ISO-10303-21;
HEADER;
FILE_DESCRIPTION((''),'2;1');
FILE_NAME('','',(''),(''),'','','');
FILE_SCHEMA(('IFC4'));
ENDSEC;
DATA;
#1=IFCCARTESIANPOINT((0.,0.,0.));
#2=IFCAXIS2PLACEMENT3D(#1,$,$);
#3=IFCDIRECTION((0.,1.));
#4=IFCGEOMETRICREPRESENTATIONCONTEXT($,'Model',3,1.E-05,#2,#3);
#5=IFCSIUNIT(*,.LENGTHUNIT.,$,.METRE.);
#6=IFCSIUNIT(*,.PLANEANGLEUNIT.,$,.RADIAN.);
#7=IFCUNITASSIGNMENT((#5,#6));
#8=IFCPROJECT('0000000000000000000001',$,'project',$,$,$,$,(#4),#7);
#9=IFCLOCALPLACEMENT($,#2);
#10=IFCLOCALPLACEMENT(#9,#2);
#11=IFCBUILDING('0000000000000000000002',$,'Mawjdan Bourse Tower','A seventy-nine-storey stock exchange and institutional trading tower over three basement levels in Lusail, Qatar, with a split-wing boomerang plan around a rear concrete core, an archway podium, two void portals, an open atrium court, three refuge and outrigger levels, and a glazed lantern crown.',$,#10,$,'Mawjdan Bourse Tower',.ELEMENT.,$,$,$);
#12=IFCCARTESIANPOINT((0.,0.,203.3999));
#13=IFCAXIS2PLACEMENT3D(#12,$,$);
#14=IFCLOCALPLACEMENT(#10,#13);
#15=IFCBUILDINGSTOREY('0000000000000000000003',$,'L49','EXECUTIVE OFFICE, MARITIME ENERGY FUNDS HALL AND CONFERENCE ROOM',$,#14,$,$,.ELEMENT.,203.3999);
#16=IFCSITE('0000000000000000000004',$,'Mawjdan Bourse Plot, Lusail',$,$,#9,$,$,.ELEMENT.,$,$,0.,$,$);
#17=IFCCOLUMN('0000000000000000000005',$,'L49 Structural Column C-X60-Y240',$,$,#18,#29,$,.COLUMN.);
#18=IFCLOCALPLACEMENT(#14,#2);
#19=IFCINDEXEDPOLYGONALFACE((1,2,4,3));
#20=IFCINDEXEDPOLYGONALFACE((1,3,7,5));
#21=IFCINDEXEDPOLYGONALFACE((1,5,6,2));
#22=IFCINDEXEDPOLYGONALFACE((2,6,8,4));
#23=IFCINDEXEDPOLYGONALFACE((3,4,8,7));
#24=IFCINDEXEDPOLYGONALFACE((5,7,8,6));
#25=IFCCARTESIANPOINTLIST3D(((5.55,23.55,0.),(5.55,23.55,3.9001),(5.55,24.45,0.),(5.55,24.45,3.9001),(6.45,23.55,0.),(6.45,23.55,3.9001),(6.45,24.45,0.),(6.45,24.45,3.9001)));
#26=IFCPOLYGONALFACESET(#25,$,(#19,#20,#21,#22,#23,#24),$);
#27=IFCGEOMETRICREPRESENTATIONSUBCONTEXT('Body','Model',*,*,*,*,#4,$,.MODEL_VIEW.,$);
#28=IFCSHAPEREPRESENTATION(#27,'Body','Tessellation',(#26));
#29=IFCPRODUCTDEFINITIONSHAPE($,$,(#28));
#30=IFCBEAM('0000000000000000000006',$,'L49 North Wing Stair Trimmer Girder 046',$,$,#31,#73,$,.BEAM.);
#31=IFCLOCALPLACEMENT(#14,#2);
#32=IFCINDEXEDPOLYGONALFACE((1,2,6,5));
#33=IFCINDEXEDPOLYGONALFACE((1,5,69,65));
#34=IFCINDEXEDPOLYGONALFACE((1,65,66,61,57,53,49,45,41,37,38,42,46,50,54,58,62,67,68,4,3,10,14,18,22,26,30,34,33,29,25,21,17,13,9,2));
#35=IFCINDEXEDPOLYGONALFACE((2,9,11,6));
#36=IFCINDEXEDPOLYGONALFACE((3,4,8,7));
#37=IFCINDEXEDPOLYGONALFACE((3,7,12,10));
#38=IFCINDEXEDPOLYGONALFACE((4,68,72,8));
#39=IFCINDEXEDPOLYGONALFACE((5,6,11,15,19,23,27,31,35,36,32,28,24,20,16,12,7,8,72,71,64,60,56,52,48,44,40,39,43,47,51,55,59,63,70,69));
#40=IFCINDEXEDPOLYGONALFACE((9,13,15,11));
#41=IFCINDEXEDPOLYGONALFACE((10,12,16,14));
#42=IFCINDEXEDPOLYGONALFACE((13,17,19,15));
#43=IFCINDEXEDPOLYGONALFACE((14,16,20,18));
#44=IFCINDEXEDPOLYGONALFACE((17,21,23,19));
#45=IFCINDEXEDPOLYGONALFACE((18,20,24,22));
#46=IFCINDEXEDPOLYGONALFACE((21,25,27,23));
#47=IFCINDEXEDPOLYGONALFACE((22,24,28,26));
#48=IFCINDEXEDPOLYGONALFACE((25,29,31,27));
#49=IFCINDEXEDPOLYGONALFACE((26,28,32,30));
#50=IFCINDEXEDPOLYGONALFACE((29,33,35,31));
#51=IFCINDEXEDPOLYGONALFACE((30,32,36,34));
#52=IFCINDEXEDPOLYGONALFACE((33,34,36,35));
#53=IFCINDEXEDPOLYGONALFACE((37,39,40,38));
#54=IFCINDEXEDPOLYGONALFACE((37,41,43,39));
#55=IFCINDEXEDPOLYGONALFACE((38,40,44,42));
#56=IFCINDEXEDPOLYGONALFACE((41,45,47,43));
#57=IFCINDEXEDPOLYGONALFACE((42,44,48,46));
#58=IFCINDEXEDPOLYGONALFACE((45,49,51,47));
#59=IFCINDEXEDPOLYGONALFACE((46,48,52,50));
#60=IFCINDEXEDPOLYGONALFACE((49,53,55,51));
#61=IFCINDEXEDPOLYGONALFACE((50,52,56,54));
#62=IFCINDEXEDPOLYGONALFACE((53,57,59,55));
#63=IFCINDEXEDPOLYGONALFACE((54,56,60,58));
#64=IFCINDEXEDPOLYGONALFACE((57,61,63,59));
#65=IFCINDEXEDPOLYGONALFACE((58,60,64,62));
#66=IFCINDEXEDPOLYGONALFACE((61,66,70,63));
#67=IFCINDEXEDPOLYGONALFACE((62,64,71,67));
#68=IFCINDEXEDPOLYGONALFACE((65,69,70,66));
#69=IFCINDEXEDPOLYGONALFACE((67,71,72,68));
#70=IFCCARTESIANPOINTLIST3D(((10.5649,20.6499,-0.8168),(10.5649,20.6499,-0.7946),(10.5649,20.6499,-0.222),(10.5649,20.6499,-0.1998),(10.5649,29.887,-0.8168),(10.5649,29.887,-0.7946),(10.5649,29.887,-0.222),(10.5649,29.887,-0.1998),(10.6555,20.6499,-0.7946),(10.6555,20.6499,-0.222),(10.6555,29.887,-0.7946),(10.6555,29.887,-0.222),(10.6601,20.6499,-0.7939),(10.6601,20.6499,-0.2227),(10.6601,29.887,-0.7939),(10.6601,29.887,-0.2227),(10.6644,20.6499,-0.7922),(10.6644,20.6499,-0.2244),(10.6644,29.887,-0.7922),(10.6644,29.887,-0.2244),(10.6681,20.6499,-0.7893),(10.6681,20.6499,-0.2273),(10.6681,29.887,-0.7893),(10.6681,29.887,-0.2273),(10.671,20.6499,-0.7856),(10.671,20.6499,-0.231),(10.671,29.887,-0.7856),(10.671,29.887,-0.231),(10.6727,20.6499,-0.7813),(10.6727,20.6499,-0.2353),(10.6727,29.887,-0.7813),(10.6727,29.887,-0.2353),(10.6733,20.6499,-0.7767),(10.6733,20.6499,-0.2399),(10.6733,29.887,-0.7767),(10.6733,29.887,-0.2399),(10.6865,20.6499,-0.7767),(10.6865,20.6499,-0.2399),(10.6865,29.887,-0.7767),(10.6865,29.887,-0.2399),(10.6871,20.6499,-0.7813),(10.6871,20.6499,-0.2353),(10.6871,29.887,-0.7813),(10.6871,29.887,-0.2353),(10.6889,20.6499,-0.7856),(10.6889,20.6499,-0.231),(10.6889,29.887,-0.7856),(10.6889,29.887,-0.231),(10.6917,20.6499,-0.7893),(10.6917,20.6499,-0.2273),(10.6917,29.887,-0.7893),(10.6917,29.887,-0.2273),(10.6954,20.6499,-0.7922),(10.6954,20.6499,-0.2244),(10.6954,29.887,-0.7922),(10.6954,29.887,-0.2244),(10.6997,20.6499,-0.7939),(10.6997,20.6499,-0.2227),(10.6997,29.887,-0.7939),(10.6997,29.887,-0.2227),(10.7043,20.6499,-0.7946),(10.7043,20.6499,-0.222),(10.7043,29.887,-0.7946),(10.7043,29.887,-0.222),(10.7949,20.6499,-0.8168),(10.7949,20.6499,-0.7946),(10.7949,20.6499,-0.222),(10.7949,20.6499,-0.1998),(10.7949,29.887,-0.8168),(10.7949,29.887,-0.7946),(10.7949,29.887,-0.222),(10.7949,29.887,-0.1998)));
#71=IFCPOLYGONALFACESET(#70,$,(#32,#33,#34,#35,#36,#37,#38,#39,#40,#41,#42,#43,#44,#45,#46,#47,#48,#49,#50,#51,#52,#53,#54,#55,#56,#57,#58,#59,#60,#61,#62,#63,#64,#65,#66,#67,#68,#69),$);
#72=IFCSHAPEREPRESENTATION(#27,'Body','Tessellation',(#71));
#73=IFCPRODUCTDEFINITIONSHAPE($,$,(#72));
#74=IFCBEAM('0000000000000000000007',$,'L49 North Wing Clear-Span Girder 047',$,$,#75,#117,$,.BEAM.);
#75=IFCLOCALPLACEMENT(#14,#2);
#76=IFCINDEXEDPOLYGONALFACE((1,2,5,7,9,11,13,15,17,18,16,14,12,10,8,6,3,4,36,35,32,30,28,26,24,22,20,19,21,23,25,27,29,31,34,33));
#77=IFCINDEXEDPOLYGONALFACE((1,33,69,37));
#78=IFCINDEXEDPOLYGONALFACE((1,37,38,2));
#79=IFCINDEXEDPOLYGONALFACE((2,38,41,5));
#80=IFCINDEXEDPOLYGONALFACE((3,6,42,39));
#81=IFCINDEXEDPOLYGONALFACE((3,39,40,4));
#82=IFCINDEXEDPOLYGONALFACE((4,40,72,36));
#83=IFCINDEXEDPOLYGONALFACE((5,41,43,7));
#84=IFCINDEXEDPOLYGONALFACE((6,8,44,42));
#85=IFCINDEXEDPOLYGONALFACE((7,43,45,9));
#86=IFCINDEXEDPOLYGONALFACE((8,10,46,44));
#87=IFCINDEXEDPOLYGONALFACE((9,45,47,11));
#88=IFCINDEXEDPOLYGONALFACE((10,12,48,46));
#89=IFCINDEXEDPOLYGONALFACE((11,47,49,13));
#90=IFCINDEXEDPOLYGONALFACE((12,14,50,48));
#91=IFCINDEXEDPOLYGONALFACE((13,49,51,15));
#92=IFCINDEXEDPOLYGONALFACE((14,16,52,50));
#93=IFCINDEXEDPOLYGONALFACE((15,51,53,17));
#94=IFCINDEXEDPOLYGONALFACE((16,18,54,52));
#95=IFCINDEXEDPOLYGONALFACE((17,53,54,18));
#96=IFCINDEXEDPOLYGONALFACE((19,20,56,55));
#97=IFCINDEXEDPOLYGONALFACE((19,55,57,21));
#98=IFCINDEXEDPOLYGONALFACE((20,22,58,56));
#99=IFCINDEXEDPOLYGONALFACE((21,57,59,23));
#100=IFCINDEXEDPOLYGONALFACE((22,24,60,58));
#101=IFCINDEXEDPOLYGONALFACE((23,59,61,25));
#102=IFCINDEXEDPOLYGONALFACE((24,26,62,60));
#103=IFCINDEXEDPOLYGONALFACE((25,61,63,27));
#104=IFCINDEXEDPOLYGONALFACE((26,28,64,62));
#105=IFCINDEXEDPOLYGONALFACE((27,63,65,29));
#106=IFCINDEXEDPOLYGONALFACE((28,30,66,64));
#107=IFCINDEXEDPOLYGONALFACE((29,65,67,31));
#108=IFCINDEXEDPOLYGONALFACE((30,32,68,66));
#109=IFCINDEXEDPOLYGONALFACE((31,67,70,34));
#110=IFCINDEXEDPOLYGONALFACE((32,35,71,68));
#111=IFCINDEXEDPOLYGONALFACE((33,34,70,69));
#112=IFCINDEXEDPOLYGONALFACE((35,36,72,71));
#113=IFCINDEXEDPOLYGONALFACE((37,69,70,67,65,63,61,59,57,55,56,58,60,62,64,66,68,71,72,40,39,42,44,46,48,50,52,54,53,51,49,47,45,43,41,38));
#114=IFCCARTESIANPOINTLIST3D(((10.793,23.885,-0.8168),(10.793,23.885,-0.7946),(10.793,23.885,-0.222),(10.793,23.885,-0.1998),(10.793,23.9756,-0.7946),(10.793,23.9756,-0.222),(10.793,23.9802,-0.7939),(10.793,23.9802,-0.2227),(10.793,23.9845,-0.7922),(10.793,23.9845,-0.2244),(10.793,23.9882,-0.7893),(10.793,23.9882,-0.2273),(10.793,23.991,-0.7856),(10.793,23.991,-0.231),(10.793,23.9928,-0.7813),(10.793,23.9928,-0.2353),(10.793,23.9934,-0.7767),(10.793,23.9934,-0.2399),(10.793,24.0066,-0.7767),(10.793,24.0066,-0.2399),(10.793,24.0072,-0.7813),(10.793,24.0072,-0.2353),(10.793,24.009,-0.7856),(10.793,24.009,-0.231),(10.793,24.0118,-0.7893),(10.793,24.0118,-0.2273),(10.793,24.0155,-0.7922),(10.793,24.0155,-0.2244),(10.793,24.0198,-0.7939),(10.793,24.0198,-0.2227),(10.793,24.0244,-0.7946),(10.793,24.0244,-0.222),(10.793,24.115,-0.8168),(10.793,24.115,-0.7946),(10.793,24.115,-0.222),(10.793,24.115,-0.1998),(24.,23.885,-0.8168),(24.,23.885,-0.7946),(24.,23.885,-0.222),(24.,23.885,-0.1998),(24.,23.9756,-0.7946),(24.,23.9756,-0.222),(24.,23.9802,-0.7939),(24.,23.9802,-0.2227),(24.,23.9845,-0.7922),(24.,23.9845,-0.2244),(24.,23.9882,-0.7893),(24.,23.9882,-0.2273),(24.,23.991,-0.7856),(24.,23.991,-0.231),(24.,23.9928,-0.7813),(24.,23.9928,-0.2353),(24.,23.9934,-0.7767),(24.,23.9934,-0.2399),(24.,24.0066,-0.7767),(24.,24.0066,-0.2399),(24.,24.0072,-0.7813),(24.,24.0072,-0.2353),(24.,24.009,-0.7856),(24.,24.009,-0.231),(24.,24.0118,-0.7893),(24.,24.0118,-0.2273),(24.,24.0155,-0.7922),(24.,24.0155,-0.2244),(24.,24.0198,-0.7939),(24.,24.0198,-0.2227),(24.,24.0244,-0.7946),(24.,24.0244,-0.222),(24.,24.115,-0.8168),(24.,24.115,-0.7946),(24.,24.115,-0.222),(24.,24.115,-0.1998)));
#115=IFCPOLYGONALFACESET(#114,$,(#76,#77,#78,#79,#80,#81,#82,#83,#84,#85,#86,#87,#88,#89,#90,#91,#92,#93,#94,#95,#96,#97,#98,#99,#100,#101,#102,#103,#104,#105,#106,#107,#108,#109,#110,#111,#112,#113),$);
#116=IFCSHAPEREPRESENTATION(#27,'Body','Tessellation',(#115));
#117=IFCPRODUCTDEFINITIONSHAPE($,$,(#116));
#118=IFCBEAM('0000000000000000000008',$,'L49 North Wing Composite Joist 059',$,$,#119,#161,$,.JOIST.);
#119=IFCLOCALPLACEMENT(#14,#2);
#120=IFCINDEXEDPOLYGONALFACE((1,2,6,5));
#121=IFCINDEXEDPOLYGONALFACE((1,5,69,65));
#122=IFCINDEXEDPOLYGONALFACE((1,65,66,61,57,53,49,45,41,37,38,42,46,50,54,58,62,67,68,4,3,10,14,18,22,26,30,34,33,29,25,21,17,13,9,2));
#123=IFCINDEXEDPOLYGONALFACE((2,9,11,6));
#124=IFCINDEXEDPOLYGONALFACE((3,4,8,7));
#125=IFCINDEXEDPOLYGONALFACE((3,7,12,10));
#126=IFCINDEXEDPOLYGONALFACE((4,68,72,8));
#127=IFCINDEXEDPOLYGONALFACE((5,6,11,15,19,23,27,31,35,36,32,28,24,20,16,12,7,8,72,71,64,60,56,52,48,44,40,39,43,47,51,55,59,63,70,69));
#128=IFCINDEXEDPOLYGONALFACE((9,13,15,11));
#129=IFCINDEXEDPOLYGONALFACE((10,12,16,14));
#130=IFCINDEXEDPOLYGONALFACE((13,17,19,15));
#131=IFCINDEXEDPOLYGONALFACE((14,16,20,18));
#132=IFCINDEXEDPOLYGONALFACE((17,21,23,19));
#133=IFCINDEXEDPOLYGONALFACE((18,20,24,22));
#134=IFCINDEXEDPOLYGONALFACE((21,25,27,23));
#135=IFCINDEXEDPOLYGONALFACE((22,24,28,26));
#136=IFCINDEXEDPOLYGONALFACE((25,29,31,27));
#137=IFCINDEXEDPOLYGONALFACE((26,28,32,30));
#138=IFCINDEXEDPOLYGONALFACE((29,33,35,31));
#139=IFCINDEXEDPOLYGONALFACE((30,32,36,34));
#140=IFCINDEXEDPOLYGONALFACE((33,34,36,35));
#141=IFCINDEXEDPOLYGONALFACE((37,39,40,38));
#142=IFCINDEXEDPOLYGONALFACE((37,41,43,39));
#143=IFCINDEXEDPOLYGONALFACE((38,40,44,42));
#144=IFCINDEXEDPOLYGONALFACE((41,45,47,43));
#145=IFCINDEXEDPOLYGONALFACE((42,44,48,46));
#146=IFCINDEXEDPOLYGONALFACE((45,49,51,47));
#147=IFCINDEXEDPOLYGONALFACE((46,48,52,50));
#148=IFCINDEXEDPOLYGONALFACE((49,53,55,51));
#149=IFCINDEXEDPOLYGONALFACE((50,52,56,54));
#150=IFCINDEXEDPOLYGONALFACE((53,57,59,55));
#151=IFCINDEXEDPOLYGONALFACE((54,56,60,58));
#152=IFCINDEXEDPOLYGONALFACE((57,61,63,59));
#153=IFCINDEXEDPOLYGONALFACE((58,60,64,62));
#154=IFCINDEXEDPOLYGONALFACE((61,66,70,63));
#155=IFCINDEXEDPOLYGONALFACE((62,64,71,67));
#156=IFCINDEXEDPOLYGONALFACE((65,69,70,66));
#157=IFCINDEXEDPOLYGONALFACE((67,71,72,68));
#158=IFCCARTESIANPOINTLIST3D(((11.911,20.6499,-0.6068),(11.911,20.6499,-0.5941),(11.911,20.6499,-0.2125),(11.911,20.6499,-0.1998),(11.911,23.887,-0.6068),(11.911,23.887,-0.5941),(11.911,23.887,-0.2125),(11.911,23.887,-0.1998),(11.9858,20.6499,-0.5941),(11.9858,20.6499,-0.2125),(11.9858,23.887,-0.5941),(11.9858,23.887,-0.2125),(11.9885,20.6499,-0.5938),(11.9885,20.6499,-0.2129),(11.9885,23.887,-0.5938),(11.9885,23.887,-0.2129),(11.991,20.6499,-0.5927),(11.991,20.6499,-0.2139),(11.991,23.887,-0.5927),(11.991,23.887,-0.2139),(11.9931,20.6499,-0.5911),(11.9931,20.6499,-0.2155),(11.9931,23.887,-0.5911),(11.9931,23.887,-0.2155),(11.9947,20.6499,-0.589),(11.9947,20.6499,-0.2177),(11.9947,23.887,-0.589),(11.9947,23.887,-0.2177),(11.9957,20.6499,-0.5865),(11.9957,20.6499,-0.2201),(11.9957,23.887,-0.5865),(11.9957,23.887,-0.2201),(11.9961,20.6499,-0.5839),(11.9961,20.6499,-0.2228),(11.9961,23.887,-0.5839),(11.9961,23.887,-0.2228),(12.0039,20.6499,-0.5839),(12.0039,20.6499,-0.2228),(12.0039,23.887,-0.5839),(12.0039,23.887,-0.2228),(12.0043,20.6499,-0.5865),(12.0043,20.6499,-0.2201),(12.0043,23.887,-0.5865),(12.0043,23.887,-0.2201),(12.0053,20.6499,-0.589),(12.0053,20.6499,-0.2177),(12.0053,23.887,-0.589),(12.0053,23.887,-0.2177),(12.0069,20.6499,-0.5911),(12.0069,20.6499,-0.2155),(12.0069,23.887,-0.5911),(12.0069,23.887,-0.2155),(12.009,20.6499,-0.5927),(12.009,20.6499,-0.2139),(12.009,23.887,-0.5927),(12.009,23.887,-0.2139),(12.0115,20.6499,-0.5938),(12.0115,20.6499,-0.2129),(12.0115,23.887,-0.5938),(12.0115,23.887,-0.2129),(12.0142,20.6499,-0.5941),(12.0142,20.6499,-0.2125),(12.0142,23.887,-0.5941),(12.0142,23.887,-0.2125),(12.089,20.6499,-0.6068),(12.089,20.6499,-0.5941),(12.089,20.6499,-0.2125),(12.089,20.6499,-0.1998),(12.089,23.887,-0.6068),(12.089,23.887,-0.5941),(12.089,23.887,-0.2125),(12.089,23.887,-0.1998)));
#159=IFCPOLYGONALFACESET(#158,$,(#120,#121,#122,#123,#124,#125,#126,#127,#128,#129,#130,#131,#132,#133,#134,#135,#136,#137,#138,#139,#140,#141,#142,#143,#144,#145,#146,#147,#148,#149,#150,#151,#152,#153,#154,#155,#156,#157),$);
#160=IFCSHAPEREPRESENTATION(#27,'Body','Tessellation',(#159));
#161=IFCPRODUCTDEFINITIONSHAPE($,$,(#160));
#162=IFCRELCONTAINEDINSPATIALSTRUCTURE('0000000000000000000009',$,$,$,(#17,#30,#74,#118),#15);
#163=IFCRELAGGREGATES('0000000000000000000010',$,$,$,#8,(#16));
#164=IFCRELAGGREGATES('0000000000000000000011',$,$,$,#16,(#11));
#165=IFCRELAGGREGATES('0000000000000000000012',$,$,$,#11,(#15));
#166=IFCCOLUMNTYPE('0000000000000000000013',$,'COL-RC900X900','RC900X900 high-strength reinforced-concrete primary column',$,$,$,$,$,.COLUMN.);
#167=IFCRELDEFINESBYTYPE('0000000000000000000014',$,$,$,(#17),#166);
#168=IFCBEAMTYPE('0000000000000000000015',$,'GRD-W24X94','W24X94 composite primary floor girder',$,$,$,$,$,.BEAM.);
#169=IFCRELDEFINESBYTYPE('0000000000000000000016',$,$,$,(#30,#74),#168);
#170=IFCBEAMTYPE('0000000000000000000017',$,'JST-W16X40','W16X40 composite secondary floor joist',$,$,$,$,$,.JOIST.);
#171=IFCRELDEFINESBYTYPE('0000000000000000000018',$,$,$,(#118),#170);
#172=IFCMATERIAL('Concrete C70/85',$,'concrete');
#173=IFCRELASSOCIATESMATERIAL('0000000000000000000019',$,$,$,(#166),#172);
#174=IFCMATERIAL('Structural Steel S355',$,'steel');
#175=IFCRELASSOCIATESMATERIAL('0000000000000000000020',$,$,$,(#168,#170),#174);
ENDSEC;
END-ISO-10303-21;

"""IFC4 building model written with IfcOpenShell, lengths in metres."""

from ifc_helpers import new_model, si_unit, direction, frame, origin, origin_2d, place, context, subcontext, project, spatial, rectangle, i_section, extrude, material, material_profile, profile_set, type_object, element, save


model = new_model("IFC4")

# Units and contexts
model_context = context("Model", 3, precision=1e-05, world=origin(), true_north=direction((0.0, 1.0)))
body_context = subcontext(model_context, "Body", "Model", "MODEL_VIEW")
ifc_project = project(units=[si_unit("LENGTHUNIT", "METRE"), si_unit("PLANEANGLEUNIT", "RADIAN")], contexts=[model_context])

# Site, building, storey
site_placement = place(None, origin())
site = spatial("IfcSite", under=ifc_project, at=site_placement, Name="Mawjdan Bourse Plot, Lusail", CompositionType="ELEMENT", RefElevation=0.0)
building_placement = place(site_placement, origin())
building = spatial("IfcBuilding", under=site, at=building_placement, Name="Mawjdan Bourse Tower", Description="A seventy-nine-storey stock exchange and institutional trading tower over three basement levels in Lusail, Qatar, with a split-wing boomerang plan around a rear concrete core, an archway podium, two void portals, an open atrium court, three refuge and outrigger levels, and a glazed lantern crown.", LongName="Mawjdan Bourse Tower", CompositionType="ELEMENT")
storey_placement = place(building_placement, frame((0.0, 0.0, 203.3999)))
storey = spatial("IfcBuildingStorey", under=building, at=storey_placement, Name="L49", Description="EXECUTIVE OFFICE, MARITIME ENERGY FUNDS HALL AND CONFERENCE ROOM", CompositionType="ELEMENT", Elevation=203.3999)

# Column
ifc_material_1 = material(Name="Concrete C70/85", Category="concrete")
ifc_material_profile_1 = material_profile(ifc_material_1, rectangle(XDim=0.8999, YDim=0.8999, at=origin_2d()), Name="RC900X900")
ifc_profile_set_1 = profile_set([ifc_material_profile_1], Name="Concrete C70/85")
column_type = type_object("IfcColumnType", Name="COL-RC900X900", Description="RC900X900 high-strength reinforced-concrete primary column", PredefinedType="COLUMN", material=ifc_profile_set_1)
column_placement = place(storey_placement, frame((6.0, 24.0, 0.0), z_axis=(0.0, 0.0, 1.0), x_axis=(1.0, 0.0, 0.0)))
element("IfcColumn", 1, at=column_placement, inside=storey, type_object=column_type, Name="L49 Structural Column C-X60-Y240", PredefinedType="COLUMN", context=body_context, shape_type="SweptSolid", body=[
    extrude(rectangle(XDim=0.8999, YDim=0.8999, at=origin_2d()), origin(), (0.0, 0.0, 1.0), 3.9001),
])

# Beams
ifc_material_2 = material(Name="Structural Steel S355", Category="steel")
ifc_material_profile_2 = material_profile(ifc_material_2, i_section(OverallWidth=0.23, OverallDepth=0.6169, WebThickness=0.0132, FlangeThickness=0.0222, FilletRadius=0.0178, at=origin_2d()), Name="W24X94")
ifc_profile_set_2 = profile_set([ifc_material_profile_2], Name="Structural Steel S355")
beam_type_1 = type_object("IfcBeamType", Name="GRD-W24X94", Description="W24X94 composite primary floor girder", PredefinedType="BEAM", material=ifc_profile_set_2)
beam_1_placement = place(storey_placement, frame((10.6799, 20.6499, -0.5083), z_axis=(0.0, 1.0, 0.0), x_axis=(-1.0, 0.0, 0.0)))
element("IfcBeam", 2, at=beam_1_placement, inside=storey, type_object=beam_type_1, Name="L49 North Wing Stair Trimmer Girder 046", PredefinedType="BEAM", context=body_context, shape_type="SweptSolid", body=[
    extrude(i_section(OverallWidth=0.23, OverallDepth=0.6169, WebThickness=0.0132, FlangeThickness=0.0222, FilletRadius=0.0178, at=origin_2d()), origin(), (0.0, 0.0, 1.0), 9.2371),
])
beam_2_placement = place(storey_placement, frame((10.793, 24.0, -0.5083), z_axis=(1.0, 0.0, 0.0), x_axis=(0.0, 1.0, 0.0)))
element("IfcBeam", 3, at=beam_2_placement, inside=storey, type_object=beam_type_1, Name="L49 North Wing Clear-Span Girder 047", PredefinedType="BEAM", context=body_context, shape_type="SweptSolid", body=[
    extrude(i_section(OverallWidth=0.23, OverallDepth=0.6169, WebThickness=0.0132, FlangeThickness=0.0222, FilletRadius=0.0178, at=origin_2d()), origin(), (0.0, 0.0, 1.0), 13.207),
])
ifc_material_profile_3 = material_profile(ifc_material_2, i_section(OverallWidth=0.178, OverallDepth=0.407, WebThickness=0.0078, FlangeThickness=0.0127, FilletRadius=0.0103, at=origin_2d()), Name="W16X40")
ifc_profile_set_3 = profile_set([ifc_material_profile_3], Name="Structural Steel S355")
beam_type_2 = type_object("IfcBeamType", Name="JST-W16X40", Description="W16X40 composite secondary floor joist", PredefinedType="JOIST", material=ifc_profile_set_3)
beam_3_placement = place(storey_placement, frame((12.0, 20.6499, -0.4033), z_axis=(0.0, 1.0, 0.0), x_axis=(-1.0, 0.0, 0.0)))
element("IfcBeam", 4, at=beam_3_placement, inside=storey, type_object=beam_type_2, Name="L49 North Wing Composite Joist 059", PredefinedType="JOIST", context=body_context, shape_type="SweptSolid", body=[
    extrude(i_section(OverallWidth=0.178, OverallDepth=0.407, WebThickness=0.0078, FlangeThickness=0.0127, FilletRadius=0.0103, at=origin_2d()), origin(), (0.0, 0.0, 1.0), 3.2371),
])

save(model, "model.ifc")
